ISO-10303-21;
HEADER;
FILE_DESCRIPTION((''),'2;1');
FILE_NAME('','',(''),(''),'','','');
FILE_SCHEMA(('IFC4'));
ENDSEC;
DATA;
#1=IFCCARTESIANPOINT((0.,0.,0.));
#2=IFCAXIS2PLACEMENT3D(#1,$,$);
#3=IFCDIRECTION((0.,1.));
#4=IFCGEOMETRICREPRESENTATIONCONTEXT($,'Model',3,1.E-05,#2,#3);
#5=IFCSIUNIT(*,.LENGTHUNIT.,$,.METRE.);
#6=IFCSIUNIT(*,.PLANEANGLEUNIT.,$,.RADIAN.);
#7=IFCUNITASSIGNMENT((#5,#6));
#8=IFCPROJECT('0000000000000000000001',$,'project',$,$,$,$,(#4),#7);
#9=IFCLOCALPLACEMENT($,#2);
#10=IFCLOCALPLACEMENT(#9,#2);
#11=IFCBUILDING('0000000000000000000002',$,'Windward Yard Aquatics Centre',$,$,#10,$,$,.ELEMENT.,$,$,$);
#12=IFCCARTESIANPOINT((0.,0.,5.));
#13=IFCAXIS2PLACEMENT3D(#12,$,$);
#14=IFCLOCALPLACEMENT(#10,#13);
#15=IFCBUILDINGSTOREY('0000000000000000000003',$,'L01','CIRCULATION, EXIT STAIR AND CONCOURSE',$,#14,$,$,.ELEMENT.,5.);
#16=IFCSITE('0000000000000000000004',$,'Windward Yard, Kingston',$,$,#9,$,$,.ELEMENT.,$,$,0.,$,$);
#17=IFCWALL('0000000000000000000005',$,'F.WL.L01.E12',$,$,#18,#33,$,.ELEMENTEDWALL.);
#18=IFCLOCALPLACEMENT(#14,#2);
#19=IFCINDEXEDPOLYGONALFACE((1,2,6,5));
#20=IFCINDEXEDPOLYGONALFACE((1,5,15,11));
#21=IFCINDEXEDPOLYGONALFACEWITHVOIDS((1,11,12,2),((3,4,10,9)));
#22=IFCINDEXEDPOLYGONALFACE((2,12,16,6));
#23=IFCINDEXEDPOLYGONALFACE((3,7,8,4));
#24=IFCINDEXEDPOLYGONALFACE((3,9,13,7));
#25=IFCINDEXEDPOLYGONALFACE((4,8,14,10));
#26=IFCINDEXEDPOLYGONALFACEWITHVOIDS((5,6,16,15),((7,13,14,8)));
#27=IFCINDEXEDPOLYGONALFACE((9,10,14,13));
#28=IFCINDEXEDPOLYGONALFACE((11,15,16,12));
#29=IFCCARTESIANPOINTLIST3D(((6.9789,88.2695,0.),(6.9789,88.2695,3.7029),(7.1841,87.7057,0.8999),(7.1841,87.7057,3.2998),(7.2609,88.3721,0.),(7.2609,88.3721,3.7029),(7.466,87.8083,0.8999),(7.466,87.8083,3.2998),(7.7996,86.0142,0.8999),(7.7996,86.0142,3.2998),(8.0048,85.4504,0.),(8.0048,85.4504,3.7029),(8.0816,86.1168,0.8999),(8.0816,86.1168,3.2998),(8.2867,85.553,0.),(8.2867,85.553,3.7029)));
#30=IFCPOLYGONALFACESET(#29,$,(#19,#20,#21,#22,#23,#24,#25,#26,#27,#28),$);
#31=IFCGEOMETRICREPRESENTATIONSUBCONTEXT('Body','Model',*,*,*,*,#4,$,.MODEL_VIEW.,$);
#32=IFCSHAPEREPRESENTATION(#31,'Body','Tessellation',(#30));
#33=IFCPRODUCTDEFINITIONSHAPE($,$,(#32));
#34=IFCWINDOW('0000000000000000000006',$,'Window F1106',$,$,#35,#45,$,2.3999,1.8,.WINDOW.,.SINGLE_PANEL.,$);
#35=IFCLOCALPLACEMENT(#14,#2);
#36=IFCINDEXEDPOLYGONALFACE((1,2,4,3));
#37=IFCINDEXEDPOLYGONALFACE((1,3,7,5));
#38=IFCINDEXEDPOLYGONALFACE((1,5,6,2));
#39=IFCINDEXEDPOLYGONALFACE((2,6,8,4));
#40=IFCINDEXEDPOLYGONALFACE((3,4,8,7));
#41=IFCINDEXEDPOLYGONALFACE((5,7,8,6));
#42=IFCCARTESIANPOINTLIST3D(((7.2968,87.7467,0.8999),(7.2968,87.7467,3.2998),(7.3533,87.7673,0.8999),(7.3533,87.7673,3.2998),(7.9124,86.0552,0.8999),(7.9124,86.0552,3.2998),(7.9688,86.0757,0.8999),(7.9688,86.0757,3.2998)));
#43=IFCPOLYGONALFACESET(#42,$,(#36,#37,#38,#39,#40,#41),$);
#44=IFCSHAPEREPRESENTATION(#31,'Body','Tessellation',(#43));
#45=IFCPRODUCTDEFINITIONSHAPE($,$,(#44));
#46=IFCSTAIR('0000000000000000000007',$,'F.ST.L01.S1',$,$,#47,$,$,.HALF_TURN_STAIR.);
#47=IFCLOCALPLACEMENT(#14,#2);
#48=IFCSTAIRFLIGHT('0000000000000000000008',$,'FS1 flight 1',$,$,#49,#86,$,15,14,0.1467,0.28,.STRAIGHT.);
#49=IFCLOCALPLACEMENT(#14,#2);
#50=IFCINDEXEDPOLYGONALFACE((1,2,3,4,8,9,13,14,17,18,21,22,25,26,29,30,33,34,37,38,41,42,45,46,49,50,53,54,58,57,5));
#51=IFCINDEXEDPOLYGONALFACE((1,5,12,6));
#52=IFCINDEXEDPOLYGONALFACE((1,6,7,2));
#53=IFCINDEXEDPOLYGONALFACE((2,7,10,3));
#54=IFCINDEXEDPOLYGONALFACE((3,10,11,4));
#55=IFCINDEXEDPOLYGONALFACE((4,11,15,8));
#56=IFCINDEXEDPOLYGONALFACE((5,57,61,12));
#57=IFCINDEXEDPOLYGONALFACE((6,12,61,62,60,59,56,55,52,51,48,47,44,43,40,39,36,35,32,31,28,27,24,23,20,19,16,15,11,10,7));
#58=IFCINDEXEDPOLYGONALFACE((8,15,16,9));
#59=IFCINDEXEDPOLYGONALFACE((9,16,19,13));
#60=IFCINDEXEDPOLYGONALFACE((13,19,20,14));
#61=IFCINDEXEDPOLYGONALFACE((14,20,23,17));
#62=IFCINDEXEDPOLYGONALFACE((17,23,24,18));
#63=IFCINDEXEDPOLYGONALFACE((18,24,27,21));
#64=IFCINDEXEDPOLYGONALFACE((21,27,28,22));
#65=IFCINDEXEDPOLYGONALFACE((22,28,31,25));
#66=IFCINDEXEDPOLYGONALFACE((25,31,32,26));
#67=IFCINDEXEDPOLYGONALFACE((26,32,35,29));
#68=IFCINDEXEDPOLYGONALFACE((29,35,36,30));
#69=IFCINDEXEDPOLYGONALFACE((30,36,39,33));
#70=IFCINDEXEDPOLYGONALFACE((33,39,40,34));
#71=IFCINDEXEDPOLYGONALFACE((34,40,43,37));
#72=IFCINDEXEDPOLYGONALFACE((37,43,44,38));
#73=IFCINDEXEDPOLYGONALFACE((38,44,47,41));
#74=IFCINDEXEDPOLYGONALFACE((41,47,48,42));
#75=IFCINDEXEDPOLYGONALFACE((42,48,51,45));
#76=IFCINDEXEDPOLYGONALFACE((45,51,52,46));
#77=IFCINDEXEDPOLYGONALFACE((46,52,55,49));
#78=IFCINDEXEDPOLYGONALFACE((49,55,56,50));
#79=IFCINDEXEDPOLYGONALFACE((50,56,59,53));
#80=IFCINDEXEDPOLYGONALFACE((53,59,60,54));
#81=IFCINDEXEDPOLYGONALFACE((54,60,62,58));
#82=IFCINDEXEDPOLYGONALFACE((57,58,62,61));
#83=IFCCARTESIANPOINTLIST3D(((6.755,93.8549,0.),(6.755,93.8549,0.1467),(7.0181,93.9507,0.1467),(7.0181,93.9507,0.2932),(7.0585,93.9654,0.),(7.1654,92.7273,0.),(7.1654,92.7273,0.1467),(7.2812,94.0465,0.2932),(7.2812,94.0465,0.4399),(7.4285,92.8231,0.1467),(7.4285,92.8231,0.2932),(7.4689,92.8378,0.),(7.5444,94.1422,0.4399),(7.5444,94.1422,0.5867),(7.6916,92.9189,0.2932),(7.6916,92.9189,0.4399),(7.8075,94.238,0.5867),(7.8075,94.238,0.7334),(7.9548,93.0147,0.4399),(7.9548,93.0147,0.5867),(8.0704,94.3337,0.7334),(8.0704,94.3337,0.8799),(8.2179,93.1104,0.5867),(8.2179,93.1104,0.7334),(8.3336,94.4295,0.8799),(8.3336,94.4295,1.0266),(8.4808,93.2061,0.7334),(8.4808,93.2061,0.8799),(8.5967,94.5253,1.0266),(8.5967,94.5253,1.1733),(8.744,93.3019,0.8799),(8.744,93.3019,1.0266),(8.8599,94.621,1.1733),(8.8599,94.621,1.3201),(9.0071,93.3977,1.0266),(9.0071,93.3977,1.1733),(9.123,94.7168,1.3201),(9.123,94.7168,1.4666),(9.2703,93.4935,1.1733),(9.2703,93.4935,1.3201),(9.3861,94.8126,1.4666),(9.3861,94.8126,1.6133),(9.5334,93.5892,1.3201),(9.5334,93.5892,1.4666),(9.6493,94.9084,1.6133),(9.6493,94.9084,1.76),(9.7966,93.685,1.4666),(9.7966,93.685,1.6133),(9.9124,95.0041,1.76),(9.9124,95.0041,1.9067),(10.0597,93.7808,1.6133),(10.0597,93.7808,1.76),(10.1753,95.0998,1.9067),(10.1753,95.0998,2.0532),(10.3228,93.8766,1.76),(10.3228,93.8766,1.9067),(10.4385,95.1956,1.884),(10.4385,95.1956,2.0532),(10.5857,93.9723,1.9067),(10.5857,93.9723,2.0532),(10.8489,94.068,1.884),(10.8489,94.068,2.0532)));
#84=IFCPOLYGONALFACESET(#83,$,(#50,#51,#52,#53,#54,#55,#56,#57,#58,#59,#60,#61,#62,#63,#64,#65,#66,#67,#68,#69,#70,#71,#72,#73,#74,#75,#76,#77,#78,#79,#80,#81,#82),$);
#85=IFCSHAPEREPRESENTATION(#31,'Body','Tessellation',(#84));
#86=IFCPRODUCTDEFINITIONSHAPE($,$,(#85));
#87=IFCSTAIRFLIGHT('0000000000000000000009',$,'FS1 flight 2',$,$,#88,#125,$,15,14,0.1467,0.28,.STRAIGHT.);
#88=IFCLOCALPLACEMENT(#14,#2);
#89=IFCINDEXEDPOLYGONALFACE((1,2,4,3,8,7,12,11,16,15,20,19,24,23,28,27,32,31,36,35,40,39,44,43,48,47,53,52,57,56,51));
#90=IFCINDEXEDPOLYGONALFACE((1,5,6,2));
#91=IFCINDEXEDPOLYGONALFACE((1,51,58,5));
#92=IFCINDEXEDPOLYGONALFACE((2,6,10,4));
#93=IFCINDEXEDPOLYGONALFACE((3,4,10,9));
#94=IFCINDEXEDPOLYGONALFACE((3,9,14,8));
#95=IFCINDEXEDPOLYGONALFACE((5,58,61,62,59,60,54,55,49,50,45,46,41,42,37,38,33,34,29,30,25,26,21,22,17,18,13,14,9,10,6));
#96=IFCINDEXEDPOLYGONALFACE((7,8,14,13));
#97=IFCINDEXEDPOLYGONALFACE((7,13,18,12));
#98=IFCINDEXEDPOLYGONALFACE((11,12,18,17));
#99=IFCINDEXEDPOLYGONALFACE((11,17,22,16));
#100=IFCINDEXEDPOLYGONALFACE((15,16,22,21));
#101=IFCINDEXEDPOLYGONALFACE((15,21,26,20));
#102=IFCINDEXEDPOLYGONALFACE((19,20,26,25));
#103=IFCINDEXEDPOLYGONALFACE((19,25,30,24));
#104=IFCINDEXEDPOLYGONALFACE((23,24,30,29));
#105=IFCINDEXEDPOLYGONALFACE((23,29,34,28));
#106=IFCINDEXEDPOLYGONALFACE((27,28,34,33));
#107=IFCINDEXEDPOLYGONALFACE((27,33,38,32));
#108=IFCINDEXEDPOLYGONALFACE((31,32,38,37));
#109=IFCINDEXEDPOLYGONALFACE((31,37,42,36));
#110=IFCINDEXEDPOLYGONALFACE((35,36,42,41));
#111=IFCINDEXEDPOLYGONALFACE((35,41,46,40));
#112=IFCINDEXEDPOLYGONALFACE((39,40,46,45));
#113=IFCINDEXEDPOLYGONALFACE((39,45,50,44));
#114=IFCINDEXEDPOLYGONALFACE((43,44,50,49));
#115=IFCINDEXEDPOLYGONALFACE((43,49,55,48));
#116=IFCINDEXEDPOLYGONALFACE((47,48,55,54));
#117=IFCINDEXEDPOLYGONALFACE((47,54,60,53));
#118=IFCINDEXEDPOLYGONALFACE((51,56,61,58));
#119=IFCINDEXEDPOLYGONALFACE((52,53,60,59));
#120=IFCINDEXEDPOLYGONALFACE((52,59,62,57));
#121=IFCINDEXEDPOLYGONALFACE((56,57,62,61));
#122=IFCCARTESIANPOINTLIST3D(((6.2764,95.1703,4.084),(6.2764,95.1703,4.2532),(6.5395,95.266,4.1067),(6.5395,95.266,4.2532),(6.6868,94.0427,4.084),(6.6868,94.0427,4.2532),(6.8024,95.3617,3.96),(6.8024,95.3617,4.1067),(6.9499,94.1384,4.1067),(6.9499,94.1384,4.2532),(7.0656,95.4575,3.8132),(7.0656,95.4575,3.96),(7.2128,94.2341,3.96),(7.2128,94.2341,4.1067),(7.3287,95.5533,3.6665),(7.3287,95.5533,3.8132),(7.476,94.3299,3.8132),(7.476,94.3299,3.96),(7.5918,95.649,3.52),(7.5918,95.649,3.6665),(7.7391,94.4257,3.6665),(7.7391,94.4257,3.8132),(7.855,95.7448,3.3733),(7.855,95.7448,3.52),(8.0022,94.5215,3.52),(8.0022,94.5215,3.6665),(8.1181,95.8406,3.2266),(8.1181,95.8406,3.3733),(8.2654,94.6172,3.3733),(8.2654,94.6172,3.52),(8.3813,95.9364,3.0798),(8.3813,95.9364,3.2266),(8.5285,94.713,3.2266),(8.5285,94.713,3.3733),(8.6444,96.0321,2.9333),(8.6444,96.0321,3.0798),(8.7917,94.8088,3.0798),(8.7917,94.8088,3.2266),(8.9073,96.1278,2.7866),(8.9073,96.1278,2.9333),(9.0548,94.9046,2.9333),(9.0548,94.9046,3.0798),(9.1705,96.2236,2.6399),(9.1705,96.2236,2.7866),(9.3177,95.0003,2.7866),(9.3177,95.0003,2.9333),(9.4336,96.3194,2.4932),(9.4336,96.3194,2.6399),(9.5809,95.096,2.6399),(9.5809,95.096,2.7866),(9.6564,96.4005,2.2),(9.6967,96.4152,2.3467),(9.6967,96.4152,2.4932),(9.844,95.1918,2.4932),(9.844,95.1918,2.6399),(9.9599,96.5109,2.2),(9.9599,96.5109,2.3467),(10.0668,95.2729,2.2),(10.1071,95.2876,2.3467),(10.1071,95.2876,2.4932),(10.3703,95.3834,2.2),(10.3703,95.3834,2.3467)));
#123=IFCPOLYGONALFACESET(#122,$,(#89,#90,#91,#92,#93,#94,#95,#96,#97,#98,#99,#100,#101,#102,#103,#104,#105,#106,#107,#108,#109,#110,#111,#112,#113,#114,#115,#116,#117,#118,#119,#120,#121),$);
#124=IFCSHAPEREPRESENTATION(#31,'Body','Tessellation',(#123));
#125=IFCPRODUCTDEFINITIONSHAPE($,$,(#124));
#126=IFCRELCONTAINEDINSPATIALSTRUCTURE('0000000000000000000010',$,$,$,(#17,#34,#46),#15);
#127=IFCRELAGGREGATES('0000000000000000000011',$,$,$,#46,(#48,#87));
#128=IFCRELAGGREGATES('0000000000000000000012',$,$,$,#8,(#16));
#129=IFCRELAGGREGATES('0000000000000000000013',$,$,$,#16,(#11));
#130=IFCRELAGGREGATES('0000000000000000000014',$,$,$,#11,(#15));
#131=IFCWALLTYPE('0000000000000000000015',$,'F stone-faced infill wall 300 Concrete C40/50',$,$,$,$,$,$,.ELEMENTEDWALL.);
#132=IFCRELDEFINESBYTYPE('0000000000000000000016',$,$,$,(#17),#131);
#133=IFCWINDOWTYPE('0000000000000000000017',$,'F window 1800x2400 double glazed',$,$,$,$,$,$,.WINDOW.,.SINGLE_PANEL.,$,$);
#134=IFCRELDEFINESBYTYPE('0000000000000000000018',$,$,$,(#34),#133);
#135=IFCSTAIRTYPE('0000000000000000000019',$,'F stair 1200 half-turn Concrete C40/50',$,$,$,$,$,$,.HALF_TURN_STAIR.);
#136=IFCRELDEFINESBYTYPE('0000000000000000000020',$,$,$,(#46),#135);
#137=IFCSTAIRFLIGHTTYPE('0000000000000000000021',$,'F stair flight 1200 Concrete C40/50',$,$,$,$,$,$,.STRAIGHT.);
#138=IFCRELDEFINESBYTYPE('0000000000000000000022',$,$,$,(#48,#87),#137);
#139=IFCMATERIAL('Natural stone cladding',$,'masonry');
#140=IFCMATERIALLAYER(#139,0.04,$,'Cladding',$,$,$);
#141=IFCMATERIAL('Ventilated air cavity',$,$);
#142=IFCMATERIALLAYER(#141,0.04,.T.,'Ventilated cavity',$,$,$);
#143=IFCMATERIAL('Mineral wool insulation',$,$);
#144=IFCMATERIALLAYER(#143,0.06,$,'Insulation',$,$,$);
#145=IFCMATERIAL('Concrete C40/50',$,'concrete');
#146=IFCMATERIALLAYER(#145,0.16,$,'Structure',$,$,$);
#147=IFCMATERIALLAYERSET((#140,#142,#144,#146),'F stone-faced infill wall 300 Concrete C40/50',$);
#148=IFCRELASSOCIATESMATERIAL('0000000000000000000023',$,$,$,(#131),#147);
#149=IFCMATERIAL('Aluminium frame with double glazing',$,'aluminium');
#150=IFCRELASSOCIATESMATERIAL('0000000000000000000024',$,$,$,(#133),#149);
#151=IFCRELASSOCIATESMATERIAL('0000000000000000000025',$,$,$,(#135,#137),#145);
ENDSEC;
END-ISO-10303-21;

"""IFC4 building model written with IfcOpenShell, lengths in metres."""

from ifc_helpers import new_model, si_unit, direction, frame, frame_2d, origin, place, context, subcontext, project, spatial, polyline, rectangle, outline, extrude, material, layer, layer_set, type_object, element, fill, aggregate, save


model = new_model("IFC4")

# Units and contexts
model_context = context("Model", 3, precision=1e-05, world=origin(), true_north=direction((0.0, 1.0)))
body_context = subcontext(model_context, "Body", "Model", "MODEL_VIEW")
ifc_project = project(units=[si_unit("LENGTHUNIT", "METRE"), si_unit("PLANEANGLEUNIT", "RADIAN")], contexts=[model_context])

# Site, building, storey
site_placement = place(None, origin())
site = spatial("IfcSite", under=ifc_project, at=site_placement, Name="Windward Yard, Kingston", CompositionType="ELEMENT", RefElevation=0.0)
building_placement = place(site_placement, origin())
building = spatial("IfcBuilding", under=site, at=building_placement, Name="Windward Yard Aquatics Centre", CompositionType="ELEMENT")
storey_placement = place(building_placement, frame((0.0, 0.0, 5.0)))
storey = spatial("IfcBuildingStorey", under=building, at=storey_placement, Name="L01", Description="CIRCULATION, EXIT STAIR AND CONCOURSE", CompositionType="ELEMENT", Elevation=5.0)

# Shared definitions
ifc_material_1 = material(Name="Concrete C40/50", Category="concrete")

# Shared definitions
ifc_material_2 = material(Name="Natural stone cladding", Category="masonry")
ifc_layer_1 = layer(ifc_material_2, 0.04, Name="Cladding")
ifc_material_3 = material(Name="Ventilated air cavity")
ifc_layer_2 = layer(ifc_material_3, 0.04, ventilated=True, Name="Ventilated cavity")
ifc_material_4 = material(Name="Mineral wool insulation")
ifc_layer_3 = layer(ifc_material_4, 0.06, Name="Insulation")
ifc_layer_4 = layer(ifc_material_1, 0.16, Name="Structure")
ifc_layer_set_1 = layer_set([ifc_layer_1, ifc_layer_2, ifc_layer_3, ifc_layer_4], Name="F stone-faced infill wall 300 Concrete C40/50")
wall_type_1 = type_object("IfcWallType", Name="F stone-faced infill wall 300 Concrete C40/50", PredefinedType="ELEMENTEDWALL", material=ifc_layer_set_1)

# Wall, opening, window
wall_1_placement = place(storey_placement, frame((7.1199, 88.3208, 0.0), z_axis=(0.0, 0.0, 1.0), x_axis=(0.341965, -0.939713, 0.0)))
wall_1 = element("IfcWall", 1, at=wall_1_placement, inside=storey, type_object=wall_type_1, Name="F.WL.L01.E12", PredefinedType="ELEMENTEDWALL", context=body_context, shape_type="SweptSolid", body=[
    extrude(rectangle(XDim=3.0, YDim=0.3, at=frame_2d((1.5, 0.0))), origin(), (0.0, 0.0, 1.0), 3.7029),
])
opening_1_placement = place(wall_1_placement, frame((0.6001, 0.0, 0.8999)))
opening_1 = element("IfcOpeningElement", 2, at=opening_1_placement, cuts=wall_1, PredefinedType="OPENING", context=body_context, shape_type="SweptSolid", body=[
    extrude(rectangle(XDim=1.8, YDim=2.3999, at=frame_2d((0.8999, 1.2))), frame((0.0, 0.1602, 0.0), z_axis=(0.0, -1.0, 0.0), x_axis=(1.0, 0.0, 0.0)), (0.0, 0.0, 1.0), 0.3201),
])
ifc_material_5 = material(Name="Aluminium frame with double glazing", Category="aluminium")
window_type = type_object("IfcWindowType", Name="F window 1800x2400 double glazed", PartitioningType="SINGLE_PANEL", PredefinedType="WINDOW", material=ifc_material_5)
window_placement = place(opening_1_placement, origin())
window = element("IfcWindow", 3, at=window_placement, inside=storey, type_object=window_type, Name="Window F1106", OverallHeight=2.3999, OverallWidth=1.8, PartitioningType="SINGLE_PANEL", PredefinedType="WINDOW", context=body_context, shape_type="SweptSolid", body=[
    extrude(rectangle(XDim=1.8, YDim=2.3999, at=frame_2d((0.8999, 1.2))), frame((0.0, 0.03, 0.0), z_axis=(0.0, -1.0, 0.0), x_axis=(1.0, 0.0, 0.0)), (0.0, 0.0, 1.0), 0.0601),
])
fill(opening_1, window)

# Stair, stair flights
stair_type = type_object("IfcStairType", Name="F stair 1200 half-turn Concrete C40/50", PredefinedType="HALF_TURN_STAIR", material=ifc_material_1)
stair_placement = place(storey_placement, origin())
stair = element("IfcStair", 4, at=stair_placement, inside=storey, type_object=stair_type, Name="F.ST.L01.S1", PredefinedType="HALF_TURN_STAIR")
stair_flight_type = type_object("IfcStairFlightType", Name="F stair flight 1200 Concrete C40/50", PredefinedType="STRAIGHT", material=ifc_material_1)
stair_flight_1_placement = place(storey_placement, frame((6.9602, 93.291, 0.0), z_axis=(0.0, 0.0, 1.0), x_axis=(0.939693, 0.34202, 0.0)))
stair_flight_1 = element("IfcStairFlight", 5, at=stair_flight_1_placement, type_object=stair_flight_type, Name="FS1 flight 1", NumberOfRisers=15, NumberOfTreads=14, PredefinedType="STRAIGHT", RiserHeight=0.1467, TreadLength=0.28, context=body_context, shape_type="SweptSolid", body=[
    extrude(outline(polyline([(0.0, 0.0), (0.0, 0.1467), (0.28, 0.1467), (0.28, 0.2932), (0.5601, 0.2932), (0.5601, 0.4399), (0.8401, 0.4399), (0.8401, 0.5867), (1.1201, 0.5867), (1.1201, 0.7334), (1.3999, 0.7334), (1.3999, 0.8799), (1.6799, 0.8799), (1.6799, 1.0266), (1.96, 1.0266), (1.96, 1.1733), (2.24, 1.1733), (2.24, 1.3201), (2.52, 1.3201), (2.52, 1.4666), (2.8, 1.4666), (2.8, 1.6133), (3.0801, 1.6133), (3.0801, 1.76), (3.3601, 1.76), (3.3601, 1.9067), (3.6399, 1.9067), (3.6399, 2.0532), (3.9199, 2.0532), (3.9199, 2.2), (3.9199, 1.884), (0.323, 0.0), (0.0, 0.0)])), frame((0.0, 0.6001, 0.0), z_axis=(0.0, -1.0, 0.0), x_axis=(1.0, 0.0, 0.0)), (0.0, 0.0, 1.0), 1.2),
])
stair_flight_2_placement = place(storey_placement, frame((10.165, 95.9473, 2.2), z_axis=(0.0, 0.0, 1.0), x_axis=(-0.939693, -0.34202, 0.0)))
stair_flight_2 = element("IfcStairFlight", 6, at=stair_flight_2_placement, type_object=stair_flight_type, Name="FS1 flight 2", NumberOfRisers=15, NumberOfTreads=14, PredefinedType="STRAIGHT", RiserHeight=0.1467, TreadLength=0.28, context=body_context, shape_type="SweptSolid", body=[
    extrude(outline(polyline([(0.0, 0.0), (0.0, 0.1467), (0.28, 0.1467), (0.28, 0.2932), (0.5601, 0.2932), (0.5601, 0.4399), (0.8401, 0.4399), (0.8401, 0.5867), (1.1201, 0.5867), (1.1201, 0.7334), (1.3999, 0.7334), (1.3999, 0.8799), (1.6799, 0.8799), (1.6799, 1.0266), (1.96, 1.0266), (1.96, 1.1733), (2.24, 1.1733), (2.24, 1.3201), (2.52, 1.3201), (2.52, 1.4666), (2.8, 1.4666), (2.8, 1.6133), (3.0801, 1.6133), (3.0801, 1.76), (3.3601, 1.76), (3.3601, 1.9067), (3.6399, 1.9067), (3.6399, 2.0532), (3.9199, 2.0532), (3.9199, 2.2), (3.9199, 1.884), (0.323, 0.0), (0.0, 0.0)])), frame((0.0, 0.6001, 0.0), z_axis=(0.0, -1.0, 0.0), x_axis=(1.0, 0.0, 0.0)), (0.0, 0.0, 1.0), 1.2),
])
aggregate(stair, [stair_flight_1, stair_flight_2])

save(model, "model.ifc")
